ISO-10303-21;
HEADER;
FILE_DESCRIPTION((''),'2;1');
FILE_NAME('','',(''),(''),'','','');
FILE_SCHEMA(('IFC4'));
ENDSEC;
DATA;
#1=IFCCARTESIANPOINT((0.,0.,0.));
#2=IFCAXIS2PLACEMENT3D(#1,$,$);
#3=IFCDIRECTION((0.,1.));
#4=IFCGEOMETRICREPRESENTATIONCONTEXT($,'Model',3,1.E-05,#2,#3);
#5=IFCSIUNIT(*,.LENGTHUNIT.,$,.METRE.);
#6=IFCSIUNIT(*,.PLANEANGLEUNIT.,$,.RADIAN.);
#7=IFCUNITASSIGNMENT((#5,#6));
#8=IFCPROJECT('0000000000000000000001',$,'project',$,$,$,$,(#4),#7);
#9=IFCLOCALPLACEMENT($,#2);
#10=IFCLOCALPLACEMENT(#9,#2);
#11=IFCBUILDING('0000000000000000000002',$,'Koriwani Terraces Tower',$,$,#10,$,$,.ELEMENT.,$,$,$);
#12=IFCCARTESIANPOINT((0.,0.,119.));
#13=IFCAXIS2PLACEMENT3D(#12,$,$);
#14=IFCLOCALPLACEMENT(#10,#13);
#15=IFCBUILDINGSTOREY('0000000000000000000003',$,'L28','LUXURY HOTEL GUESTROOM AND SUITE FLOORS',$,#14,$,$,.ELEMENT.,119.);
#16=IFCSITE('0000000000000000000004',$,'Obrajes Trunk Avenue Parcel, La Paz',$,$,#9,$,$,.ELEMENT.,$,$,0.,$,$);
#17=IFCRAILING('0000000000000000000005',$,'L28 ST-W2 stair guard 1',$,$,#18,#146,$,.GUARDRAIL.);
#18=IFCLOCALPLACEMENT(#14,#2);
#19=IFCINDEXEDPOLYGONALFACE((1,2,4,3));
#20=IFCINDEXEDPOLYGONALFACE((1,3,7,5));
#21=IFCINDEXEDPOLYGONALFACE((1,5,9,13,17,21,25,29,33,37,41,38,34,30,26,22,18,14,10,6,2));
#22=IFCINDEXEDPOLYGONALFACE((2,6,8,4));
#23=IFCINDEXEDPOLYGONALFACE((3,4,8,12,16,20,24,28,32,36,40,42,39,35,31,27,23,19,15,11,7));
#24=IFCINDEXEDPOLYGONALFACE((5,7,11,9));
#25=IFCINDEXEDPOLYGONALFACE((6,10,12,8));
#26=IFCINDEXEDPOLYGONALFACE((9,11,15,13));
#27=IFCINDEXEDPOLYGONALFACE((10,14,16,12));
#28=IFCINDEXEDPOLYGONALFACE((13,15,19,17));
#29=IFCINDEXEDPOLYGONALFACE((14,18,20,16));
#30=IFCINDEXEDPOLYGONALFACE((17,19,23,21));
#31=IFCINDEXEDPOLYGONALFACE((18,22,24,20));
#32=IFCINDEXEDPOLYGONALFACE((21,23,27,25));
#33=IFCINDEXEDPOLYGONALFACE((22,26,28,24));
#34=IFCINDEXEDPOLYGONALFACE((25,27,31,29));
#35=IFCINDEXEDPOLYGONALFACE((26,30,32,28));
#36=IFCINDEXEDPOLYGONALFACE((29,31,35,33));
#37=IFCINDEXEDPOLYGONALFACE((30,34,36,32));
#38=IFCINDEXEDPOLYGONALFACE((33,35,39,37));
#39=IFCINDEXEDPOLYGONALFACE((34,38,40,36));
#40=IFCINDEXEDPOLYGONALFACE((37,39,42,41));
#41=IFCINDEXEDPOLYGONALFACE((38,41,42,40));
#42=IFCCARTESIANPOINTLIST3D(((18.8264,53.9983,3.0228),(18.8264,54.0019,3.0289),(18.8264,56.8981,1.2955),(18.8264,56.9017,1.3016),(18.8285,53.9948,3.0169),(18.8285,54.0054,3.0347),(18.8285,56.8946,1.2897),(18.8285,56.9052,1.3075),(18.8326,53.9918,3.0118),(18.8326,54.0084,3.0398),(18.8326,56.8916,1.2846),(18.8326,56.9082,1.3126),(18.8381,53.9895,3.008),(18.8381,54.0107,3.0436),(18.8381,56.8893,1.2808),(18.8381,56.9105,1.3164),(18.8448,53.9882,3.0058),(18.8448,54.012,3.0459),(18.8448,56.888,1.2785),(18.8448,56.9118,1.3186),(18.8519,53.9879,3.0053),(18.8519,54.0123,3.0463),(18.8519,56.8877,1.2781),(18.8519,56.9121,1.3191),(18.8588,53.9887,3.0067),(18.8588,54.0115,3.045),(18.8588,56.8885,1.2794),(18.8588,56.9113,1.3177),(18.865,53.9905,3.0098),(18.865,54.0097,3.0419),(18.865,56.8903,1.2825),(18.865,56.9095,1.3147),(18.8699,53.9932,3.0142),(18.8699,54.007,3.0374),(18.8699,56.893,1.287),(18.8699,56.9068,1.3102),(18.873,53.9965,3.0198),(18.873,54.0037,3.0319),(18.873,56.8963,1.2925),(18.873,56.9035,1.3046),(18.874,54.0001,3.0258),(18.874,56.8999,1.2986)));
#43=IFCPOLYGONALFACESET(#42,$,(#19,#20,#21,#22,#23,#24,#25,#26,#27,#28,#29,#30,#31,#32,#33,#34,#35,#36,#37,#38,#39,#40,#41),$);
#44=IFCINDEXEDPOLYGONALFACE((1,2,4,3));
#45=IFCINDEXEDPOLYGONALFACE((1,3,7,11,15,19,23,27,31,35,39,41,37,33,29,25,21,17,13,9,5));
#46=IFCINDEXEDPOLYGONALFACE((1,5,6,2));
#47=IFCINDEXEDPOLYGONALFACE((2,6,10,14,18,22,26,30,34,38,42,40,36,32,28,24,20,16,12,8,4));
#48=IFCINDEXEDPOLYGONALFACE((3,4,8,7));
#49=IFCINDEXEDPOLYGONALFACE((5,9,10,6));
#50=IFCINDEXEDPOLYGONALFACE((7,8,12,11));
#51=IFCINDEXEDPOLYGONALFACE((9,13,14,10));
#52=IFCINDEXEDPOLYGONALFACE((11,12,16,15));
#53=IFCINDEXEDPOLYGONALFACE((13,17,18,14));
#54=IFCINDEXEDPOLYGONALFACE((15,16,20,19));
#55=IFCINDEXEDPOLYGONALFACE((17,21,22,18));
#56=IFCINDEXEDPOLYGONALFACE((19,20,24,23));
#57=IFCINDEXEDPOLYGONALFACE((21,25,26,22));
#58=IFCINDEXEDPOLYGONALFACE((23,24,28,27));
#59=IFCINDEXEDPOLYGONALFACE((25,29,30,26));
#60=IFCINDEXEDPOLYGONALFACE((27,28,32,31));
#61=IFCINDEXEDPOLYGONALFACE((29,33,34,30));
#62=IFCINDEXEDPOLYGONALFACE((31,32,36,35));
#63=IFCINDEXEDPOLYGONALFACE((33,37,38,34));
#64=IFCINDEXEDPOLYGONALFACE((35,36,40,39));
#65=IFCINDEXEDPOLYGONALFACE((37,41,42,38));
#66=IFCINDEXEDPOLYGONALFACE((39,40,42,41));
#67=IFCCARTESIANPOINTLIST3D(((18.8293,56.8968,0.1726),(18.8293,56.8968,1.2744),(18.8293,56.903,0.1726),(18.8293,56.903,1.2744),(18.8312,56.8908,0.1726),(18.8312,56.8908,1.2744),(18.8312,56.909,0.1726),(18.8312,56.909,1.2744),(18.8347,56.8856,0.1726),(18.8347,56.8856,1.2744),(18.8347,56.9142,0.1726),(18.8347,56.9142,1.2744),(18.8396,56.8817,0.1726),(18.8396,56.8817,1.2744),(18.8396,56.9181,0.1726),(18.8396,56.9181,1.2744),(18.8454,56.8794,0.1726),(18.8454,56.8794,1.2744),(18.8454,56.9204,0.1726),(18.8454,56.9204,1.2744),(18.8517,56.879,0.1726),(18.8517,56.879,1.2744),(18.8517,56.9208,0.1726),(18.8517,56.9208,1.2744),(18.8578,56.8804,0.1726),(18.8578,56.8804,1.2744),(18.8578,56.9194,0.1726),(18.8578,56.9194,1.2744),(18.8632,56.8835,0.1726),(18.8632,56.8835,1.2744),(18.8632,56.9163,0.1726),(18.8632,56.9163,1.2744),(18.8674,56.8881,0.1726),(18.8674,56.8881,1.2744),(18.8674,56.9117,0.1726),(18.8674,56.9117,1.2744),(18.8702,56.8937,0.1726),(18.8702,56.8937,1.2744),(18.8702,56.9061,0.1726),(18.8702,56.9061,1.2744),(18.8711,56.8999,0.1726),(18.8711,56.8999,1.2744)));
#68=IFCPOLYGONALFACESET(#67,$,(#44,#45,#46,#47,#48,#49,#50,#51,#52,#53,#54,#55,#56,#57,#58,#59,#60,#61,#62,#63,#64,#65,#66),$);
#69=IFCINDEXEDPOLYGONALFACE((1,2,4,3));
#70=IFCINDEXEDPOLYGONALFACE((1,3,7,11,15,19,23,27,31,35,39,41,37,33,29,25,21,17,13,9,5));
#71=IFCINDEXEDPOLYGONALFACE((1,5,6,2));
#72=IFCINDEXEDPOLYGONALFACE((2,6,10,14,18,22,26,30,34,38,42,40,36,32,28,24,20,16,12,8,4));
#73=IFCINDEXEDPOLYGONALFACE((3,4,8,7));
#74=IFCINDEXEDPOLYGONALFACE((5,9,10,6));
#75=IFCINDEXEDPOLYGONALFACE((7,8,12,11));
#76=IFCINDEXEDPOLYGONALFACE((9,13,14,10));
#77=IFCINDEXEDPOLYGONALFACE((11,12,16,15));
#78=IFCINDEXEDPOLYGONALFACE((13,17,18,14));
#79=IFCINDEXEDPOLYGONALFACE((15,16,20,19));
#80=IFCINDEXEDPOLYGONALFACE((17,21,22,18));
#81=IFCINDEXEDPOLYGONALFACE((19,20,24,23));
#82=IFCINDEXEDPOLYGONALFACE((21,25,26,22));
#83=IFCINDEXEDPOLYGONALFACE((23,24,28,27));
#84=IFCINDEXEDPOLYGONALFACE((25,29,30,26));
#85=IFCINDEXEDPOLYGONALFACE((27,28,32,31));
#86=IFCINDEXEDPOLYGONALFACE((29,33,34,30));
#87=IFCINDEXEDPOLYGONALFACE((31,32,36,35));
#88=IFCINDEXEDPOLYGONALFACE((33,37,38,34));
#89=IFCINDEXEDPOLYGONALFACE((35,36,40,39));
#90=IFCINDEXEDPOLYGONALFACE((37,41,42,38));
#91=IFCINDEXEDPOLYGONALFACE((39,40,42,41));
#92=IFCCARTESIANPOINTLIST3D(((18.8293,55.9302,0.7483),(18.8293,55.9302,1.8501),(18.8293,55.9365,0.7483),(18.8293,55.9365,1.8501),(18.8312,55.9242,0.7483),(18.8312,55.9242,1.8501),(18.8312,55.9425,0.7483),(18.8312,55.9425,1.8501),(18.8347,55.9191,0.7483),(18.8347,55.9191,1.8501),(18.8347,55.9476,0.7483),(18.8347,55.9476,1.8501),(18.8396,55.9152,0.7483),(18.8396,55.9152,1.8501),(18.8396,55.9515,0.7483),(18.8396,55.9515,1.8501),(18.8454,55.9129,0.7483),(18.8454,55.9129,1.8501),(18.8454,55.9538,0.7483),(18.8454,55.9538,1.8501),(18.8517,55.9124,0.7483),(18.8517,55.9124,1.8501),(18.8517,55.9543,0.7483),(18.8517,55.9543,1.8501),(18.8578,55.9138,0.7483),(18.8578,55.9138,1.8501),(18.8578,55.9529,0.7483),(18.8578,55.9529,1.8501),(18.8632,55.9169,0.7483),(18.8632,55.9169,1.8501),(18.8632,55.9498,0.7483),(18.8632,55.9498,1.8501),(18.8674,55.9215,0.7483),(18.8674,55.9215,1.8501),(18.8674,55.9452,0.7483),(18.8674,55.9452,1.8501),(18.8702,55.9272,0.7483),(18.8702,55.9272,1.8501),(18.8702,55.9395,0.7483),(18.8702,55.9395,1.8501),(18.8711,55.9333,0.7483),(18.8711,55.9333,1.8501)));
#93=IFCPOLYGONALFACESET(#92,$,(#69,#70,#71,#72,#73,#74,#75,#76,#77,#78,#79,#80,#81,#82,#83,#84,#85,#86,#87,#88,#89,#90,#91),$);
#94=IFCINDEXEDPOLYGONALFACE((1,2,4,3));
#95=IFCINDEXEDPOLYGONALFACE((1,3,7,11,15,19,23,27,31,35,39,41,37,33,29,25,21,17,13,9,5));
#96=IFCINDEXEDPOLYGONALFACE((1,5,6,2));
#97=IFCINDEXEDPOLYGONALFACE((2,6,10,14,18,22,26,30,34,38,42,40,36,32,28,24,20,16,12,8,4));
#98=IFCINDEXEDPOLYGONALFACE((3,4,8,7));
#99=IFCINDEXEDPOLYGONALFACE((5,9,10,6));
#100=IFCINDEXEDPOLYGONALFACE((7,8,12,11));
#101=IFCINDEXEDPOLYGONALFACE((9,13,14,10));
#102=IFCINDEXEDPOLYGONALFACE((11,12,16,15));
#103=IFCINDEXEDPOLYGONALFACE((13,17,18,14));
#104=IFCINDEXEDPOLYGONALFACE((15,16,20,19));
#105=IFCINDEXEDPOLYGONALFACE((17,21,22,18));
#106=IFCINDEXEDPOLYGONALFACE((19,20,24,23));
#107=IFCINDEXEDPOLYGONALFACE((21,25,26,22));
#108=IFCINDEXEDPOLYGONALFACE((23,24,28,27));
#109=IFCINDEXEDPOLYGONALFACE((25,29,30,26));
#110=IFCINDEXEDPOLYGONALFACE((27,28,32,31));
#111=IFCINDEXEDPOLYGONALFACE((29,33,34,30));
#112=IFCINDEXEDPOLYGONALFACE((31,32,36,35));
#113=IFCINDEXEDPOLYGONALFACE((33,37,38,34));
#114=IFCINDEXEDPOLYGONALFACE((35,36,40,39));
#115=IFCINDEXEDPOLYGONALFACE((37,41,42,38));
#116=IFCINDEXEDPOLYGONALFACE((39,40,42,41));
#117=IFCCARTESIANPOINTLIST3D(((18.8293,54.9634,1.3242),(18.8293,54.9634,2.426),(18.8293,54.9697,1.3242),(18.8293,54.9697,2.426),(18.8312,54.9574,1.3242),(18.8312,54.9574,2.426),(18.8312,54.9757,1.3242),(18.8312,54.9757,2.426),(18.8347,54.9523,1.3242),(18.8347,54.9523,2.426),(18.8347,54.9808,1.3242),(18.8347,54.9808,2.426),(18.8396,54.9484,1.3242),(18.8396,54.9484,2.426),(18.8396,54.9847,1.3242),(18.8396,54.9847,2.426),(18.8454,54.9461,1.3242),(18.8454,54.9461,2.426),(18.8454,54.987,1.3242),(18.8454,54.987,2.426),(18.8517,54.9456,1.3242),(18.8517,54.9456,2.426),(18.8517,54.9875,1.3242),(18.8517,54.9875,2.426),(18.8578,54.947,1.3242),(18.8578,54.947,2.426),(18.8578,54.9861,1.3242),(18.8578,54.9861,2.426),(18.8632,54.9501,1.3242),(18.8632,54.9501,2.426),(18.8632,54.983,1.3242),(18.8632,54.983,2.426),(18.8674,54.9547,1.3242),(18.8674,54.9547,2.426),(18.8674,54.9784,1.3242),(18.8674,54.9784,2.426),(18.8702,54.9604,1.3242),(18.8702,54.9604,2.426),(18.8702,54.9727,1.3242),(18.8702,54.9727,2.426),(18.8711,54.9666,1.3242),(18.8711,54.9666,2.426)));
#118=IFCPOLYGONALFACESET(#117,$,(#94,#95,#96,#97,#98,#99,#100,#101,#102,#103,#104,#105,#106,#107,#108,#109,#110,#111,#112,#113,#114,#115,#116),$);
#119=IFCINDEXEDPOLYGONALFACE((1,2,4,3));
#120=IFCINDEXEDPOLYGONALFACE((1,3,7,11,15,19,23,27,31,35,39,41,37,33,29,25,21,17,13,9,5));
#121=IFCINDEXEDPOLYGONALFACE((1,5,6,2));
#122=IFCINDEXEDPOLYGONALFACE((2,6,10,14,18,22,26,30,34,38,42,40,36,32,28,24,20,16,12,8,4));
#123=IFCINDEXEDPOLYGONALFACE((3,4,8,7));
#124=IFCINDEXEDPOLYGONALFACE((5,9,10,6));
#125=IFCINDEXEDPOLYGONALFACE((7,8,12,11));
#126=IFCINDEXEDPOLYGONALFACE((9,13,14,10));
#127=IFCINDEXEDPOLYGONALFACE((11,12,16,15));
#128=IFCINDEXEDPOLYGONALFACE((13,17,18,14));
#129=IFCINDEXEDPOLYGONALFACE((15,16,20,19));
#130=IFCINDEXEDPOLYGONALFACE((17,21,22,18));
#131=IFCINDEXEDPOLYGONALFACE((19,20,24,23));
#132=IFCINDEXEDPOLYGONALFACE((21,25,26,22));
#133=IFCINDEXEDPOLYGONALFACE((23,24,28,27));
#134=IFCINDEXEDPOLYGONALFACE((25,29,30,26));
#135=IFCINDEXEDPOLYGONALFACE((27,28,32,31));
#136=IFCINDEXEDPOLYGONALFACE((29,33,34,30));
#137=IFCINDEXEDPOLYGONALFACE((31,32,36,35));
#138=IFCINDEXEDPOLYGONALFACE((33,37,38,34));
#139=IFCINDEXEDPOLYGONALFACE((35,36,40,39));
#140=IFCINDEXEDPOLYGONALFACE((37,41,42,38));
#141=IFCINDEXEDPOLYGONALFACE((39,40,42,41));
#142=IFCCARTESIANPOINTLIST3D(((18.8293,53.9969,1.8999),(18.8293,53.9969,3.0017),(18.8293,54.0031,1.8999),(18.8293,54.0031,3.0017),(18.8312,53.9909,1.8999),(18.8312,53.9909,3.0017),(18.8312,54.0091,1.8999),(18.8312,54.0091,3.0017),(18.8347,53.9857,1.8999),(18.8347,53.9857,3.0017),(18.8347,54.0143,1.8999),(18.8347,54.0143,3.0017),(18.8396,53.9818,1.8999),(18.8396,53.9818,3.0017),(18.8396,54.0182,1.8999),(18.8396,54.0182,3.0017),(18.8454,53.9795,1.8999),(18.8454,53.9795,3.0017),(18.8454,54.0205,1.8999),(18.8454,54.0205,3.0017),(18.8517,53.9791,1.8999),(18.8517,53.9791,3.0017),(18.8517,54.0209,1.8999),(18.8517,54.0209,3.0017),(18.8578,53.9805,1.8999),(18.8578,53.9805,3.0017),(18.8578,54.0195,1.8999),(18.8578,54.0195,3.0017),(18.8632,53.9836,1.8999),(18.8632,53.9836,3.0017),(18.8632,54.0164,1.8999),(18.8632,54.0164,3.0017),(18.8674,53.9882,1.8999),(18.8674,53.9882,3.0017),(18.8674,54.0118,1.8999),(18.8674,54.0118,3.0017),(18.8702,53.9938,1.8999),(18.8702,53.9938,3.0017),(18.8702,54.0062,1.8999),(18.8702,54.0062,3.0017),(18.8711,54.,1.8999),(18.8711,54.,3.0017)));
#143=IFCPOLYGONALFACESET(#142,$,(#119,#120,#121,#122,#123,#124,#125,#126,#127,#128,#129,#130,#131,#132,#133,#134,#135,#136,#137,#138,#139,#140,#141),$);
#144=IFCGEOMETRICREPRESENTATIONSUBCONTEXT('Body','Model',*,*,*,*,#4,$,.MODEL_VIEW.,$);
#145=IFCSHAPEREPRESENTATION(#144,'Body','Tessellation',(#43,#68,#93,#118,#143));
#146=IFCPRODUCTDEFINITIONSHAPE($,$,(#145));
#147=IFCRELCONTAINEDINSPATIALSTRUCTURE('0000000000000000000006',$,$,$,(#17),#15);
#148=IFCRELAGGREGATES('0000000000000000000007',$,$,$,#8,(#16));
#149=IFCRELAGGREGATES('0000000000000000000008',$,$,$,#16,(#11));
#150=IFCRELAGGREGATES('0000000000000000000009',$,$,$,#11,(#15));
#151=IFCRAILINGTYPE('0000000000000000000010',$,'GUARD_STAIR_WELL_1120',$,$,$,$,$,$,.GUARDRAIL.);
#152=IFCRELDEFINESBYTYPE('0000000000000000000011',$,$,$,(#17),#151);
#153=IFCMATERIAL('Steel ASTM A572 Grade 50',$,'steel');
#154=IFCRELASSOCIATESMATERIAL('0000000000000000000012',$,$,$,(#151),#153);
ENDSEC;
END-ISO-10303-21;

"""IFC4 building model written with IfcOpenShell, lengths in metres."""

from ifc_helpers import new_model, si_unit, direction, frame, origin, origin_2d, place, context, subcontext, project, spatial, circle, extrude, material, type_object, element, save


model = new_model("IFC4")

# Units and contexts
model_context = context("Model", 3, precision=1e-05, world=origin(), true_north=direction((0.0, 1.0)))
body_context = subcontext(model_context, "Body", "Model", "MODEL_VIEW")
ifc_project = project(units=[si_unit("LENGTHUNIT", "METRE"), si_unit("PLANEANGLEUNIT", "RADIAN")], contexts=[model_context])

# Site, building, storey
site_placement = place(None, origin())
site = spatial("IfcSite", under=ifc_project, at=site_placement, Name="Obrajes Trunk Avenue Parcel, La Paz", CompositionType="ELEMENT", RefElevation=0.0)
building_placement = place(site_placement, origin())
building = spatial("IfcBuilding", under=site, at=building_placement, Name="Koriwani Terraces Tower", CompositionType="ELEMENT")
storey_placement = place(building_placement, frame((0.0, 0.0, 119.0)))
storey = spatial("IfcBuildingStorey", under=building, at=storey_placement, Name="L28", Description="LUXURY HOTEL GUESTROOM AND SUITE FLOORS", CompositionType="ELEMENT", Elevation=119.0)

# Shared definitions
ifc_material_1 = material(Name="Steel ASTM A572 Grade 50", Category="steel")

# Railing
railing_type_1 = type_object("IfcRailingType", Name="GUARD_STAIR_WELL_1120", PredefinedType="GUARDRAIL", material=ifc_material_1)
railing_1_placement = place(storey_placement, frame((18.8501, 56.8999, 0.1726)))
element("IfcRailing", 1, at=railing_1_placement, inside=storey, type_object=railing_type_1, Name="L28 ST-W2 stair guard 1", PredefinedType="GUARDRAIL", context=body_context, shape_type="SweptSolid", body=[
    extrude(circle(Radius=0.0239, at=origin_2d()), frame((0.0, 0.0, 1.126), z_axis=(0.0, -0.859141, 0.511738), x_axis=(1.0, 0.0, 0.0)), (0.0, 0.0, 1.0), 3.3752),
    extrude(circle(Radius=0.021, at=origin_2d()), origin(), (0.0, 0.0, 1.0), 1.1018),
    extrude(circle(Radius=0.021, at=origin_2d()), frame((0.0, -0.9666, 0.5757)), (0.0, 0.0, 1.0), 1.1018),
    extrude(circle(Radius=0.021, at=origin_2d()), frame((0.0, -1.9333, 1.1516)), (0.0, 0.0, 1.0), 1.1018),
    extrude(circle(Radius=0.021, at=origin_2d()), frame((0.0, -2.8999, 1.7273)), (0.0, 0.0, 1.0), 1.1018),
])

save(model, "model.ifc")
